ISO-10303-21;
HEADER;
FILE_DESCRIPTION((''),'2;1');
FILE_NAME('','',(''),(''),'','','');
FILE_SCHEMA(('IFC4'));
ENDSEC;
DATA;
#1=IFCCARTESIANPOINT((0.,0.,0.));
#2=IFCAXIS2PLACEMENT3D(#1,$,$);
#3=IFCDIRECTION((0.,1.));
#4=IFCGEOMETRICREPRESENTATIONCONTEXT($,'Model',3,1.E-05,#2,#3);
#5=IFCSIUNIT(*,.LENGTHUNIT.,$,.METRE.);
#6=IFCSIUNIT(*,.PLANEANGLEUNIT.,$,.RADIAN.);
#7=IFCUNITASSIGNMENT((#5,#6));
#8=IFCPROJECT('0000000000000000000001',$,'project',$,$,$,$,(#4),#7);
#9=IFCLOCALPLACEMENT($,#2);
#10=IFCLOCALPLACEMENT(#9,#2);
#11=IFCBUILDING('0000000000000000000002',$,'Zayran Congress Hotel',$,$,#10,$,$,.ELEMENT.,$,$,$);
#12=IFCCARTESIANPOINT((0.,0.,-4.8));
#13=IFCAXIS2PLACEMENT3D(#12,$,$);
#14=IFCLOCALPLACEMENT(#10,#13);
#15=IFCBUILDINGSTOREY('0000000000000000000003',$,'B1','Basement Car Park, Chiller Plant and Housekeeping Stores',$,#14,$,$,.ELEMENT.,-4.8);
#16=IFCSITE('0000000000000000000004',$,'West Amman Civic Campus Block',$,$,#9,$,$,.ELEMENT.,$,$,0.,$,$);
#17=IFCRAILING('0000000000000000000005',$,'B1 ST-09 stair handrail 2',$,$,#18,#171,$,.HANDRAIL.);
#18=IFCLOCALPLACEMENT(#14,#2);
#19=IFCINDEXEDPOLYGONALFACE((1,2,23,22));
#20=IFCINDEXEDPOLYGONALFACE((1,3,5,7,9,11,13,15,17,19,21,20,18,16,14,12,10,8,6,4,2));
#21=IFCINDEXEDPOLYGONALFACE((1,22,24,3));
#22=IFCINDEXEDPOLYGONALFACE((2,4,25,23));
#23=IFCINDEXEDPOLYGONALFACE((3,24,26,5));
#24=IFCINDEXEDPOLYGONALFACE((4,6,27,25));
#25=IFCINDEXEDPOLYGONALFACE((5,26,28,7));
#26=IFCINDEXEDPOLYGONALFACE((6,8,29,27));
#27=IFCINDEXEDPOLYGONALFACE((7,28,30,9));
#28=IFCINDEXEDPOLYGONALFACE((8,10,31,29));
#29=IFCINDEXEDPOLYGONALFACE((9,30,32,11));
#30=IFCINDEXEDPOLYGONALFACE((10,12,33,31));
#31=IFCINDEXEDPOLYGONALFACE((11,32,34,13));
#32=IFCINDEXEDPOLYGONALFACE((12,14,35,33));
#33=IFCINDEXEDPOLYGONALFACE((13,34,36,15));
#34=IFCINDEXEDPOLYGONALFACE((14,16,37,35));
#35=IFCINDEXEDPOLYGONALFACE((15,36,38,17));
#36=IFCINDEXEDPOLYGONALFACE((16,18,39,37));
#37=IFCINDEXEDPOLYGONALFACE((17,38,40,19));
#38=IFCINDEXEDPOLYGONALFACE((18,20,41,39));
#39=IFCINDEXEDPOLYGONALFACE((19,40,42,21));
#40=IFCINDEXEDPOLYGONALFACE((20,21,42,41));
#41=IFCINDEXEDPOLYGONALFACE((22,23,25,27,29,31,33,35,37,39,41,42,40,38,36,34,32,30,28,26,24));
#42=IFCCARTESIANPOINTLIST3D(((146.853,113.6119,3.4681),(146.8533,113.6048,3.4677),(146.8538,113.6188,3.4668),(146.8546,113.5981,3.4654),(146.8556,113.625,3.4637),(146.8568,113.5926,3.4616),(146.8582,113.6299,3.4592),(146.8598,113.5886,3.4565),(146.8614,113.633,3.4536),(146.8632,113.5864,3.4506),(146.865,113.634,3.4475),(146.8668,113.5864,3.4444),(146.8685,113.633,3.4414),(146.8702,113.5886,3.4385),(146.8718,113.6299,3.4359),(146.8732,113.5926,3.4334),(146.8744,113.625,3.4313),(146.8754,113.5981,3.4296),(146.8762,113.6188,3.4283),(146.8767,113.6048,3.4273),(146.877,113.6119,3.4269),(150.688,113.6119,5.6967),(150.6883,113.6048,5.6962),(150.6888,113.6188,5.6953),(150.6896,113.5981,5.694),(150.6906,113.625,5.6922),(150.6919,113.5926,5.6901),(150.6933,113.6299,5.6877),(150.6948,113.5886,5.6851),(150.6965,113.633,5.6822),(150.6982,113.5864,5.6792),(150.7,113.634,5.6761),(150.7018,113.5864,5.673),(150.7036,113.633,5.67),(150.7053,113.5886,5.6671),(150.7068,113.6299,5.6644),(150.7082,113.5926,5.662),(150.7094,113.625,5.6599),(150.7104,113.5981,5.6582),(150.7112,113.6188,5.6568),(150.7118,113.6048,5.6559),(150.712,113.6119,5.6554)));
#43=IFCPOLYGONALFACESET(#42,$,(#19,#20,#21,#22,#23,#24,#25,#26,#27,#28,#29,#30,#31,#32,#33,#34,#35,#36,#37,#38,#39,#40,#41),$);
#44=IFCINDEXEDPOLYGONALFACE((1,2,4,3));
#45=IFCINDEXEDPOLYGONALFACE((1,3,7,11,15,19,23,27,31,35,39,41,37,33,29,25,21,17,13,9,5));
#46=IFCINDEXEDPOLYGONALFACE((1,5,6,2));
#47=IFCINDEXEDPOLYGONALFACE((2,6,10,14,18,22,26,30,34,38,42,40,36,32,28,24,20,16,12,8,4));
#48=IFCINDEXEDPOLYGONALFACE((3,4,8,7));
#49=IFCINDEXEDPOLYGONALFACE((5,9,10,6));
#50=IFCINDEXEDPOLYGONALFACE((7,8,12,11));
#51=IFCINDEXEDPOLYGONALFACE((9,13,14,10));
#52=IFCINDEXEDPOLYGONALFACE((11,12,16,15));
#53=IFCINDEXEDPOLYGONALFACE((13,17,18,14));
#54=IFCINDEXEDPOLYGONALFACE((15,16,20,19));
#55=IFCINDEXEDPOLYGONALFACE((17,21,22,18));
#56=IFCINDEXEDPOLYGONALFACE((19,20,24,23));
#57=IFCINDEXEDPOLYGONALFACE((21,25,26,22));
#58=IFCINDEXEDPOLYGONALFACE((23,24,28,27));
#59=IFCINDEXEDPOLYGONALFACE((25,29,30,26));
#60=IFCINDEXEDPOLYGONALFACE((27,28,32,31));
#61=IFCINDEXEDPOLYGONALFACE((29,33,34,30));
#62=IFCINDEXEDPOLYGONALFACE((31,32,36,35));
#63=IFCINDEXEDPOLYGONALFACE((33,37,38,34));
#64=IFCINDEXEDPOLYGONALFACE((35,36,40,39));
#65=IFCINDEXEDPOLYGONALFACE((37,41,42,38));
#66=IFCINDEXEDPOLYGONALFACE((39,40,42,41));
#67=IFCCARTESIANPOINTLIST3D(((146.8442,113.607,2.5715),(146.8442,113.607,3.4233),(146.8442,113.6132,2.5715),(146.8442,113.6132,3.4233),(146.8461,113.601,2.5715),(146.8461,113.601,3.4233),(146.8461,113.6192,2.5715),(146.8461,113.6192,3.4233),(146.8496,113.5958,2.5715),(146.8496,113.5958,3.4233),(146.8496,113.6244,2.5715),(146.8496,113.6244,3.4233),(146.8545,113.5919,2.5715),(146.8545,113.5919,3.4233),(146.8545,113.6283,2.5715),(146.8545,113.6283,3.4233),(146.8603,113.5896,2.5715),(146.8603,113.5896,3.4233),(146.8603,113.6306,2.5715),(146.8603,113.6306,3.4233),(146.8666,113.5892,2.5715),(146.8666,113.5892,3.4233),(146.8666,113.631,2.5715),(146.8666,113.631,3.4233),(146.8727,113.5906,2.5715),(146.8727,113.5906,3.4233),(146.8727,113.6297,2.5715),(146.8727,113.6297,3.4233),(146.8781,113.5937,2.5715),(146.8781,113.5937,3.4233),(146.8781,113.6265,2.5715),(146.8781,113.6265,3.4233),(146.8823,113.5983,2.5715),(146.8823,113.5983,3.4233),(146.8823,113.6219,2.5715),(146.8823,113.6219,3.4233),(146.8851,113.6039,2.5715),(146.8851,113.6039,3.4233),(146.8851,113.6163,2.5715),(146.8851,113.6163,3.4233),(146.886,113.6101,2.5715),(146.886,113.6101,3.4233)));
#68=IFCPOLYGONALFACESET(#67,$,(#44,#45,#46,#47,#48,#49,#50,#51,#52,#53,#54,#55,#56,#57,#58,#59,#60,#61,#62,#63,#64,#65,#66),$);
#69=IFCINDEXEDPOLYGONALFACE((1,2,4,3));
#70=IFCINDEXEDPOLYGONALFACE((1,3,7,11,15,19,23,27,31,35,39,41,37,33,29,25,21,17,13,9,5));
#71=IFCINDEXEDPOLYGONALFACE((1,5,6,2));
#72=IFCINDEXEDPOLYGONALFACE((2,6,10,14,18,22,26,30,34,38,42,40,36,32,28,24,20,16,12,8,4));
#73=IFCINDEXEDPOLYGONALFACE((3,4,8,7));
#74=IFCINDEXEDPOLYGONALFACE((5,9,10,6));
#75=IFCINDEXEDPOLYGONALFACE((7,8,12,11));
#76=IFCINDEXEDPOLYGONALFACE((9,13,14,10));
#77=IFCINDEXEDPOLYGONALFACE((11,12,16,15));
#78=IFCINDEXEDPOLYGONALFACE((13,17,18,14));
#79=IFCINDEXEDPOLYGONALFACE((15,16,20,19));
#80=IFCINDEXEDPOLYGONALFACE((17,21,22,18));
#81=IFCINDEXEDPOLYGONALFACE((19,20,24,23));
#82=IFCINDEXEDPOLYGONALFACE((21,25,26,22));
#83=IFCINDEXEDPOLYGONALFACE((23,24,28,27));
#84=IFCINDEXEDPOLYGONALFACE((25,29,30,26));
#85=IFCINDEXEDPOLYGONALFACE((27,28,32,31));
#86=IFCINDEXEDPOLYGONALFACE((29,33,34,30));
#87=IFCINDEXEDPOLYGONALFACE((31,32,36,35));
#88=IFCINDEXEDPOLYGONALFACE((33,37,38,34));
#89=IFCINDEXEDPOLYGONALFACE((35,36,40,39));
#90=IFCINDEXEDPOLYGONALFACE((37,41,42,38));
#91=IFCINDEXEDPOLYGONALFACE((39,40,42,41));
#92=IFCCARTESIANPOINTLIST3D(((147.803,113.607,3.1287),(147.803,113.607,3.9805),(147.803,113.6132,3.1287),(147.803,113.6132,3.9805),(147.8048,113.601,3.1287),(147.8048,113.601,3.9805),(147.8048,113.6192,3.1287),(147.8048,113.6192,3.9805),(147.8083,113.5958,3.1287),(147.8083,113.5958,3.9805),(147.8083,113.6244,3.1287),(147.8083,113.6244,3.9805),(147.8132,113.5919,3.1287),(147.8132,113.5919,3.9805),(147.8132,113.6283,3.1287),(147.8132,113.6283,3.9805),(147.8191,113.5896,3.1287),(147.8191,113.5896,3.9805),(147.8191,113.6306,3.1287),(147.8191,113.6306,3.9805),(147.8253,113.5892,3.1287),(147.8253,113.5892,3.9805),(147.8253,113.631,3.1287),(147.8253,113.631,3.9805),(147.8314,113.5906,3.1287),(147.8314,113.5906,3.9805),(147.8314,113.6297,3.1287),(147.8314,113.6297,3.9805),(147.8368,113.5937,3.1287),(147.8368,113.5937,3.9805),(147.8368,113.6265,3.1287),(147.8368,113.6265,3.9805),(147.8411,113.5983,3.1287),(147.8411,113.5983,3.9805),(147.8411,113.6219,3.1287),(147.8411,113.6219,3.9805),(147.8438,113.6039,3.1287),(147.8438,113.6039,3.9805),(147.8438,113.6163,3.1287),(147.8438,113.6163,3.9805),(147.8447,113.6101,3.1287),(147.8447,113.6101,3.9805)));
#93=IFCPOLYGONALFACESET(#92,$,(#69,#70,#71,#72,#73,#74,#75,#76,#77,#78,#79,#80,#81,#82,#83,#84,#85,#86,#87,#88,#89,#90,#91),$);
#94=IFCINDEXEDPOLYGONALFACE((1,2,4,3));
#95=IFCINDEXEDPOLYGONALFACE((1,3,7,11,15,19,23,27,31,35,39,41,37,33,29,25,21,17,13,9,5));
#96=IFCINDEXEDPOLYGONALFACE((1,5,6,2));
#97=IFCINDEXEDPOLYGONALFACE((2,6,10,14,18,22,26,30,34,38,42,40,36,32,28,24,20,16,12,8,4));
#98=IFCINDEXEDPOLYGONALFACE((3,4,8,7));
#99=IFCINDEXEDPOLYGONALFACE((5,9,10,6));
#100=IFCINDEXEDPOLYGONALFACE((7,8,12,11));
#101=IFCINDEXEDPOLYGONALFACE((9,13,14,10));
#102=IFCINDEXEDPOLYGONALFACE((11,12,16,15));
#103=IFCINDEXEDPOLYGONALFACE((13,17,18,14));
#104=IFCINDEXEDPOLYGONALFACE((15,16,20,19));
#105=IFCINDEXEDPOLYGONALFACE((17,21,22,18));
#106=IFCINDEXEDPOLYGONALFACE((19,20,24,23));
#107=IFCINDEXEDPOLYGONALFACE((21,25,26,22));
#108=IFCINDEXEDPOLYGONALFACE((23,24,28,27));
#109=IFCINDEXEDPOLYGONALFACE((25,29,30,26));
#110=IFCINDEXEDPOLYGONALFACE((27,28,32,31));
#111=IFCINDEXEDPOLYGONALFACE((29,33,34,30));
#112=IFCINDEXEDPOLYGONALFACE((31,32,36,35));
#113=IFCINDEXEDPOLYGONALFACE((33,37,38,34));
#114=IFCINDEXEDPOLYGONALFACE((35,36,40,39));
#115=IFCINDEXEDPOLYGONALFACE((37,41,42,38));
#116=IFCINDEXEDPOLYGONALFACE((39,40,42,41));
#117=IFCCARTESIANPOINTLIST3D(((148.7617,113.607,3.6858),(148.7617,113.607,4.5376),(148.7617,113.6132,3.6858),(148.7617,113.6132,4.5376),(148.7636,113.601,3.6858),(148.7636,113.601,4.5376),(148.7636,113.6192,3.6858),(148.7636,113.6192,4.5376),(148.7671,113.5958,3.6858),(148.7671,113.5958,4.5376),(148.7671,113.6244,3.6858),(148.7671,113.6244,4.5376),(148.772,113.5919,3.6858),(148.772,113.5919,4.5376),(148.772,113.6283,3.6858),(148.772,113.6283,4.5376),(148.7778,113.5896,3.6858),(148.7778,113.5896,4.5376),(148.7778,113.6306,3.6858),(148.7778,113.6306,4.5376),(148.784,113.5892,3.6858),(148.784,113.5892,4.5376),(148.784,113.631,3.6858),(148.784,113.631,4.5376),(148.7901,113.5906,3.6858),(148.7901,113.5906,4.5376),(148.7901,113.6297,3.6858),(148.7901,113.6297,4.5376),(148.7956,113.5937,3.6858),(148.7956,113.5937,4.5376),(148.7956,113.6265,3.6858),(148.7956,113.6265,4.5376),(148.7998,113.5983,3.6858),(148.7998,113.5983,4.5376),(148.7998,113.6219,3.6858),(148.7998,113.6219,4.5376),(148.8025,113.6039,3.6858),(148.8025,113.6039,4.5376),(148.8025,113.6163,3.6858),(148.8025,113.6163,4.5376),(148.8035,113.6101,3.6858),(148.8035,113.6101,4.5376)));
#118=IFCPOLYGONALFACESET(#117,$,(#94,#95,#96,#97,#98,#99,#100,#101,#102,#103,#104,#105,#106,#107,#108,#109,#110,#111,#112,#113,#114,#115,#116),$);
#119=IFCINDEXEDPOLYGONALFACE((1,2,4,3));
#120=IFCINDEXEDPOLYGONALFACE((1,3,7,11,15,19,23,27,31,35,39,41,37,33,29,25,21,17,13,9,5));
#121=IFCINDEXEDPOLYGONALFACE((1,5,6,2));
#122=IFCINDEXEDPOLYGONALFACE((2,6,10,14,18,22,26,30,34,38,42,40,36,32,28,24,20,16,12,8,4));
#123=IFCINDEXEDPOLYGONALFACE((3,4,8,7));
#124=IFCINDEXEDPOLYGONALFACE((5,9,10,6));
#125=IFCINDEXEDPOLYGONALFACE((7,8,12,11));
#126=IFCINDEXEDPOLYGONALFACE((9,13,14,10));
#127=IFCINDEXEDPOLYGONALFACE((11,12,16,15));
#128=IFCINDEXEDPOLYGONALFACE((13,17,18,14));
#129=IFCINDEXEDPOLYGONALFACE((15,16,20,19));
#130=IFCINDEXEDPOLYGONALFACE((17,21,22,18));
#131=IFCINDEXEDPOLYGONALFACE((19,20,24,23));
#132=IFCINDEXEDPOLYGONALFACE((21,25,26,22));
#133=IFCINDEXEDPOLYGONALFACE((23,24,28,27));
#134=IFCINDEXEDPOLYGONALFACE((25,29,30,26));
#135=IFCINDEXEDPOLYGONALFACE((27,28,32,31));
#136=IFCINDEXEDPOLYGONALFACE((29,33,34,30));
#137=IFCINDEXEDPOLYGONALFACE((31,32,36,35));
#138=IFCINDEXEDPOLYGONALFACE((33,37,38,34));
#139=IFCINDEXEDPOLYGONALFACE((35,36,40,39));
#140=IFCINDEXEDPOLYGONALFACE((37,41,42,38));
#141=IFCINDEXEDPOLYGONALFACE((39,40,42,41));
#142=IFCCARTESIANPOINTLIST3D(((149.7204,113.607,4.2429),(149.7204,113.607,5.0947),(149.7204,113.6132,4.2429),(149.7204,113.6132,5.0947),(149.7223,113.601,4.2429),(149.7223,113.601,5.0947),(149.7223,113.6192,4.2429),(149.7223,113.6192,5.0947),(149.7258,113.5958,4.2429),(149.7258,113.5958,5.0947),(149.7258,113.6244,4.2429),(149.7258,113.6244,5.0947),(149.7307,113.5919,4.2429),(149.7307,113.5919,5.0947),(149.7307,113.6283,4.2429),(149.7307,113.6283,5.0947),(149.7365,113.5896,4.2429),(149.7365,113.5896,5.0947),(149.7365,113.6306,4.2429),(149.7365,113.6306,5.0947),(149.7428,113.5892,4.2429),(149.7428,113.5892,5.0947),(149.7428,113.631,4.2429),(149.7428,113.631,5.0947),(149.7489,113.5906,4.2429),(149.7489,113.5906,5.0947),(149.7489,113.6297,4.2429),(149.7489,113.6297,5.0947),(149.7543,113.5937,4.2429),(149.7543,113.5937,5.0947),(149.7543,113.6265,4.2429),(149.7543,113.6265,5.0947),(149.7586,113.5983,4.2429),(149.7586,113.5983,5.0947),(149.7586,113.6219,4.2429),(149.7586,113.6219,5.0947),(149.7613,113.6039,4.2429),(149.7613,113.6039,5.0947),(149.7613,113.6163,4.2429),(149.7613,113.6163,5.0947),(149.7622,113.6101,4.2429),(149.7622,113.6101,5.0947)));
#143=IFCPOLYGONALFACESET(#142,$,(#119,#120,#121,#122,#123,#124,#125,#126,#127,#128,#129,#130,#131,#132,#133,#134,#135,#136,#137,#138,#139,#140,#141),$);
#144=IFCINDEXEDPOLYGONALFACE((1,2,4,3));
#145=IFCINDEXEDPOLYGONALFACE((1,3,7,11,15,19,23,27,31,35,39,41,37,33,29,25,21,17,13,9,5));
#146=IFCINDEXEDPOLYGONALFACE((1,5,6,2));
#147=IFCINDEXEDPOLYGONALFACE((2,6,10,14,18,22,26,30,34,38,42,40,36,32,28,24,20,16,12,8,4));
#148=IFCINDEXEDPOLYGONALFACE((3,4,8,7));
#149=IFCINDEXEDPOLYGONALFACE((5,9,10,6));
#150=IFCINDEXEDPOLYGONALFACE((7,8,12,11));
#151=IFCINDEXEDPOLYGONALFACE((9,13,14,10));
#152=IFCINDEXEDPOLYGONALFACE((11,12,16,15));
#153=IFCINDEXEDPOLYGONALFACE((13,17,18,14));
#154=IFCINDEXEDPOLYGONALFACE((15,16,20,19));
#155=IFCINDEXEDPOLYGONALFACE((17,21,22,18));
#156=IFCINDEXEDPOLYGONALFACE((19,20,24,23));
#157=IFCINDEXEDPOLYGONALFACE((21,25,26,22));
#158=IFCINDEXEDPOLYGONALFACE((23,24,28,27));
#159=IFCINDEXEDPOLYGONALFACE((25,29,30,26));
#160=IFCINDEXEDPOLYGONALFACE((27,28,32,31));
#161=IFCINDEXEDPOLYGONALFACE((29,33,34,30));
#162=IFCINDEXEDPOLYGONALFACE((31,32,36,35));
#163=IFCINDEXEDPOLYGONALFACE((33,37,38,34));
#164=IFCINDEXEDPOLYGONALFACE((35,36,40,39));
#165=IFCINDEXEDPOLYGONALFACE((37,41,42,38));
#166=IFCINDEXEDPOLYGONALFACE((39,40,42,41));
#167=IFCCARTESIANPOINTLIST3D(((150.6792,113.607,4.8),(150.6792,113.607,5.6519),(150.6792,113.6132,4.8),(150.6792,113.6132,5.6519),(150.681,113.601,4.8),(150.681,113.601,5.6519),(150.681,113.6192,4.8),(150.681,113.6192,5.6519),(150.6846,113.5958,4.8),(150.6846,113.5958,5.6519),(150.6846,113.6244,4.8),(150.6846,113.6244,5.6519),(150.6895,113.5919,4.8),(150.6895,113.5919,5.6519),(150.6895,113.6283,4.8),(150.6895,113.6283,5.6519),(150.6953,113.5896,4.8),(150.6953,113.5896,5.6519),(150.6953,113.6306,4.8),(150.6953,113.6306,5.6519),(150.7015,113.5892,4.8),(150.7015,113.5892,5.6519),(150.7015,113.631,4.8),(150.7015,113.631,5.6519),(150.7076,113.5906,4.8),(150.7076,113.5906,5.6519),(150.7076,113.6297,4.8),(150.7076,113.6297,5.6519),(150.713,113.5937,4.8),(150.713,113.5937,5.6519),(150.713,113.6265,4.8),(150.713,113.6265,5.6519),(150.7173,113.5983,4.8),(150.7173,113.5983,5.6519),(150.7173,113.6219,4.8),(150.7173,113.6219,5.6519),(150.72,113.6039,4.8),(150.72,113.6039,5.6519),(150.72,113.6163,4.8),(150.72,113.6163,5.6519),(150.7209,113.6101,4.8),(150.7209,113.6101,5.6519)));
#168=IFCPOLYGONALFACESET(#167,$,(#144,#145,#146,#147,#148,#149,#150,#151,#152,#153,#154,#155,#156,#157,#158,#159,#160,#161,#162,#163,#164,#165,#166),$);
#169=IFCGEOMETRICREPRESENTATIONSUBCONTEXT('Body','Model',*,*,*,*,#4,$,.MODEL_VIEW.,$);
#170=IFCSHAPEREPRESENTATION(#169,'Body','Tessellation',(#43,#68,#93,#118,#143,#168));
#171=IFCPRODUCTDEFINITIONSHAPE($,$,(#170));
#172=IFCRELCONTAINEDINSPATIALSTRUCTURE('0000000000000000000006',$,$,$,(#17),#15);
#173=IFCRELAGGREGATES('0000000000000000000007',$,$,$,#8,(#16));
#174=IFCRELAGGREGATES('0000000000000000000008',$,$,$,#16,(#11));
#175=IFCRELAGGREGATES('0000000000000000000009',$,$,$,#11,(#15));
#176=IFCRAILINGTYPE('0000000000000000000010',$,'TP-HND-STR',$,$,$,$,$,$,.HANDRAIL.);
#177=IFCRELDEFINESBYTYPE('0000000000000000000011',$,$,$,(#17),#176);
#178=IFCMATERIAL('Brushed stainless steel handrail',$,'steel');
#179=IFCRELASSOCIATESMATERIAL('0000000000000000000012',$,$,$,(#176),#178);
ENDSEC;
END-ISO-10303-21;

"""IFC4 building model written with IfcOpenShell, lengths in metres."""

from ifc_helpers import new_model, si_unit, direction, frame, origin, origin_2d, place, context, subcontext, project, spatial, circle, extrude, material, type_object, element, save


model = new_model("IFC4")

# Units and contexts
model_context = context("Model", 3, precision=1e-05, world=origin(), true_north=direction((0.0, 1.0)))
body_context = subcontext(model_context, "Body", "Model", "MODEL_VIEW")
ifc_project = project(units=[si_unit("LENGTHUNIT", "METRE"), si_unit("PLANEANGLEUNIT", "RADIAN")], contexts=[model_context])

# Site, building, storey
site_placement = place(None, origin())
site = spatial("IfcSite", under=ifc_project, at=site_placement, Name="West Amman Civic Campus Block", CompositionType="ELEMENT", RefElevation=0.0)
building_placement = place(site_placement, origin())
building = spatial("IfcBuilding", under=site, at=building_placement, Name="Zayran Congress Hotel", CompositionType="ELEMENT")
storey_placement = place(building_placement, frame((0.0, 0.0, -4.8)))
storey = spatial("IfcBuildingStorey", under=building, at=storey_placement, Name="B1", Description="Basement Car Park, Chiller Plant and Housekeeping Stores", CompositionType="ELEMENT", Elevation=-4.8)

# Railing
ifc_material_1 = material(Name="Brushed stainless steel handrail", Category="steel")
railing_type_1 = type_object("IfcRailingType", Name="TP-HND-STR", PredefinedType="HANDRAIL", material=ifc_material_1)
railing_1_placement = place(storey_placement, frame((146.865, 113.6101, 2.5715)))
element("IfcRailing", 1, at=railing_1_placement, inside=storey, type_object=railing_type_1, Name="B1 ST-09 stair handrail 2", PredefinedType="HANDRAIL", context=body_context, shape_type="SweptSolid", body=[
    extrude(circle(Radius=0.0239, at=origin_2d()), frame((0.0, 0.0, 0.876), z_axis=(0.864616, 0.0, 0.502433), x_axis=(0.0, 1.0, 0.0)), (0.0, 0.0, 1.0), 4.4355),
    extrude(circle(Radius=0.021, at=origin_2d()), origin(), (0.0, 0.0, 1.0), 0.8518),
    extrude(circle(Radius=0.021, at=origin_2d()), frame((0.9587, 0.0, 0.5571)), (0.0, 0.0, 1.0), 0.8518),
    extrude(circle(Radius=0.021, at=origin_2d()), frame((1.9175, 0.0, 1.1143)), (0.0, 0.0, 1.0), 0.8518),
    extrude(circle(Radius=0.021, at=origin_2d()), frame((2.8762, 0.0, 1.6714)), (0.0, 0.0, 1.0), 0.8518),
    extrude(circle(Radius=0.021, at=origin_2d()), frame((3.835, 0.0, 2.2285)), (0.0, 0.0, 1.0), 0.8518),
])

save(model, "model.ifc")
